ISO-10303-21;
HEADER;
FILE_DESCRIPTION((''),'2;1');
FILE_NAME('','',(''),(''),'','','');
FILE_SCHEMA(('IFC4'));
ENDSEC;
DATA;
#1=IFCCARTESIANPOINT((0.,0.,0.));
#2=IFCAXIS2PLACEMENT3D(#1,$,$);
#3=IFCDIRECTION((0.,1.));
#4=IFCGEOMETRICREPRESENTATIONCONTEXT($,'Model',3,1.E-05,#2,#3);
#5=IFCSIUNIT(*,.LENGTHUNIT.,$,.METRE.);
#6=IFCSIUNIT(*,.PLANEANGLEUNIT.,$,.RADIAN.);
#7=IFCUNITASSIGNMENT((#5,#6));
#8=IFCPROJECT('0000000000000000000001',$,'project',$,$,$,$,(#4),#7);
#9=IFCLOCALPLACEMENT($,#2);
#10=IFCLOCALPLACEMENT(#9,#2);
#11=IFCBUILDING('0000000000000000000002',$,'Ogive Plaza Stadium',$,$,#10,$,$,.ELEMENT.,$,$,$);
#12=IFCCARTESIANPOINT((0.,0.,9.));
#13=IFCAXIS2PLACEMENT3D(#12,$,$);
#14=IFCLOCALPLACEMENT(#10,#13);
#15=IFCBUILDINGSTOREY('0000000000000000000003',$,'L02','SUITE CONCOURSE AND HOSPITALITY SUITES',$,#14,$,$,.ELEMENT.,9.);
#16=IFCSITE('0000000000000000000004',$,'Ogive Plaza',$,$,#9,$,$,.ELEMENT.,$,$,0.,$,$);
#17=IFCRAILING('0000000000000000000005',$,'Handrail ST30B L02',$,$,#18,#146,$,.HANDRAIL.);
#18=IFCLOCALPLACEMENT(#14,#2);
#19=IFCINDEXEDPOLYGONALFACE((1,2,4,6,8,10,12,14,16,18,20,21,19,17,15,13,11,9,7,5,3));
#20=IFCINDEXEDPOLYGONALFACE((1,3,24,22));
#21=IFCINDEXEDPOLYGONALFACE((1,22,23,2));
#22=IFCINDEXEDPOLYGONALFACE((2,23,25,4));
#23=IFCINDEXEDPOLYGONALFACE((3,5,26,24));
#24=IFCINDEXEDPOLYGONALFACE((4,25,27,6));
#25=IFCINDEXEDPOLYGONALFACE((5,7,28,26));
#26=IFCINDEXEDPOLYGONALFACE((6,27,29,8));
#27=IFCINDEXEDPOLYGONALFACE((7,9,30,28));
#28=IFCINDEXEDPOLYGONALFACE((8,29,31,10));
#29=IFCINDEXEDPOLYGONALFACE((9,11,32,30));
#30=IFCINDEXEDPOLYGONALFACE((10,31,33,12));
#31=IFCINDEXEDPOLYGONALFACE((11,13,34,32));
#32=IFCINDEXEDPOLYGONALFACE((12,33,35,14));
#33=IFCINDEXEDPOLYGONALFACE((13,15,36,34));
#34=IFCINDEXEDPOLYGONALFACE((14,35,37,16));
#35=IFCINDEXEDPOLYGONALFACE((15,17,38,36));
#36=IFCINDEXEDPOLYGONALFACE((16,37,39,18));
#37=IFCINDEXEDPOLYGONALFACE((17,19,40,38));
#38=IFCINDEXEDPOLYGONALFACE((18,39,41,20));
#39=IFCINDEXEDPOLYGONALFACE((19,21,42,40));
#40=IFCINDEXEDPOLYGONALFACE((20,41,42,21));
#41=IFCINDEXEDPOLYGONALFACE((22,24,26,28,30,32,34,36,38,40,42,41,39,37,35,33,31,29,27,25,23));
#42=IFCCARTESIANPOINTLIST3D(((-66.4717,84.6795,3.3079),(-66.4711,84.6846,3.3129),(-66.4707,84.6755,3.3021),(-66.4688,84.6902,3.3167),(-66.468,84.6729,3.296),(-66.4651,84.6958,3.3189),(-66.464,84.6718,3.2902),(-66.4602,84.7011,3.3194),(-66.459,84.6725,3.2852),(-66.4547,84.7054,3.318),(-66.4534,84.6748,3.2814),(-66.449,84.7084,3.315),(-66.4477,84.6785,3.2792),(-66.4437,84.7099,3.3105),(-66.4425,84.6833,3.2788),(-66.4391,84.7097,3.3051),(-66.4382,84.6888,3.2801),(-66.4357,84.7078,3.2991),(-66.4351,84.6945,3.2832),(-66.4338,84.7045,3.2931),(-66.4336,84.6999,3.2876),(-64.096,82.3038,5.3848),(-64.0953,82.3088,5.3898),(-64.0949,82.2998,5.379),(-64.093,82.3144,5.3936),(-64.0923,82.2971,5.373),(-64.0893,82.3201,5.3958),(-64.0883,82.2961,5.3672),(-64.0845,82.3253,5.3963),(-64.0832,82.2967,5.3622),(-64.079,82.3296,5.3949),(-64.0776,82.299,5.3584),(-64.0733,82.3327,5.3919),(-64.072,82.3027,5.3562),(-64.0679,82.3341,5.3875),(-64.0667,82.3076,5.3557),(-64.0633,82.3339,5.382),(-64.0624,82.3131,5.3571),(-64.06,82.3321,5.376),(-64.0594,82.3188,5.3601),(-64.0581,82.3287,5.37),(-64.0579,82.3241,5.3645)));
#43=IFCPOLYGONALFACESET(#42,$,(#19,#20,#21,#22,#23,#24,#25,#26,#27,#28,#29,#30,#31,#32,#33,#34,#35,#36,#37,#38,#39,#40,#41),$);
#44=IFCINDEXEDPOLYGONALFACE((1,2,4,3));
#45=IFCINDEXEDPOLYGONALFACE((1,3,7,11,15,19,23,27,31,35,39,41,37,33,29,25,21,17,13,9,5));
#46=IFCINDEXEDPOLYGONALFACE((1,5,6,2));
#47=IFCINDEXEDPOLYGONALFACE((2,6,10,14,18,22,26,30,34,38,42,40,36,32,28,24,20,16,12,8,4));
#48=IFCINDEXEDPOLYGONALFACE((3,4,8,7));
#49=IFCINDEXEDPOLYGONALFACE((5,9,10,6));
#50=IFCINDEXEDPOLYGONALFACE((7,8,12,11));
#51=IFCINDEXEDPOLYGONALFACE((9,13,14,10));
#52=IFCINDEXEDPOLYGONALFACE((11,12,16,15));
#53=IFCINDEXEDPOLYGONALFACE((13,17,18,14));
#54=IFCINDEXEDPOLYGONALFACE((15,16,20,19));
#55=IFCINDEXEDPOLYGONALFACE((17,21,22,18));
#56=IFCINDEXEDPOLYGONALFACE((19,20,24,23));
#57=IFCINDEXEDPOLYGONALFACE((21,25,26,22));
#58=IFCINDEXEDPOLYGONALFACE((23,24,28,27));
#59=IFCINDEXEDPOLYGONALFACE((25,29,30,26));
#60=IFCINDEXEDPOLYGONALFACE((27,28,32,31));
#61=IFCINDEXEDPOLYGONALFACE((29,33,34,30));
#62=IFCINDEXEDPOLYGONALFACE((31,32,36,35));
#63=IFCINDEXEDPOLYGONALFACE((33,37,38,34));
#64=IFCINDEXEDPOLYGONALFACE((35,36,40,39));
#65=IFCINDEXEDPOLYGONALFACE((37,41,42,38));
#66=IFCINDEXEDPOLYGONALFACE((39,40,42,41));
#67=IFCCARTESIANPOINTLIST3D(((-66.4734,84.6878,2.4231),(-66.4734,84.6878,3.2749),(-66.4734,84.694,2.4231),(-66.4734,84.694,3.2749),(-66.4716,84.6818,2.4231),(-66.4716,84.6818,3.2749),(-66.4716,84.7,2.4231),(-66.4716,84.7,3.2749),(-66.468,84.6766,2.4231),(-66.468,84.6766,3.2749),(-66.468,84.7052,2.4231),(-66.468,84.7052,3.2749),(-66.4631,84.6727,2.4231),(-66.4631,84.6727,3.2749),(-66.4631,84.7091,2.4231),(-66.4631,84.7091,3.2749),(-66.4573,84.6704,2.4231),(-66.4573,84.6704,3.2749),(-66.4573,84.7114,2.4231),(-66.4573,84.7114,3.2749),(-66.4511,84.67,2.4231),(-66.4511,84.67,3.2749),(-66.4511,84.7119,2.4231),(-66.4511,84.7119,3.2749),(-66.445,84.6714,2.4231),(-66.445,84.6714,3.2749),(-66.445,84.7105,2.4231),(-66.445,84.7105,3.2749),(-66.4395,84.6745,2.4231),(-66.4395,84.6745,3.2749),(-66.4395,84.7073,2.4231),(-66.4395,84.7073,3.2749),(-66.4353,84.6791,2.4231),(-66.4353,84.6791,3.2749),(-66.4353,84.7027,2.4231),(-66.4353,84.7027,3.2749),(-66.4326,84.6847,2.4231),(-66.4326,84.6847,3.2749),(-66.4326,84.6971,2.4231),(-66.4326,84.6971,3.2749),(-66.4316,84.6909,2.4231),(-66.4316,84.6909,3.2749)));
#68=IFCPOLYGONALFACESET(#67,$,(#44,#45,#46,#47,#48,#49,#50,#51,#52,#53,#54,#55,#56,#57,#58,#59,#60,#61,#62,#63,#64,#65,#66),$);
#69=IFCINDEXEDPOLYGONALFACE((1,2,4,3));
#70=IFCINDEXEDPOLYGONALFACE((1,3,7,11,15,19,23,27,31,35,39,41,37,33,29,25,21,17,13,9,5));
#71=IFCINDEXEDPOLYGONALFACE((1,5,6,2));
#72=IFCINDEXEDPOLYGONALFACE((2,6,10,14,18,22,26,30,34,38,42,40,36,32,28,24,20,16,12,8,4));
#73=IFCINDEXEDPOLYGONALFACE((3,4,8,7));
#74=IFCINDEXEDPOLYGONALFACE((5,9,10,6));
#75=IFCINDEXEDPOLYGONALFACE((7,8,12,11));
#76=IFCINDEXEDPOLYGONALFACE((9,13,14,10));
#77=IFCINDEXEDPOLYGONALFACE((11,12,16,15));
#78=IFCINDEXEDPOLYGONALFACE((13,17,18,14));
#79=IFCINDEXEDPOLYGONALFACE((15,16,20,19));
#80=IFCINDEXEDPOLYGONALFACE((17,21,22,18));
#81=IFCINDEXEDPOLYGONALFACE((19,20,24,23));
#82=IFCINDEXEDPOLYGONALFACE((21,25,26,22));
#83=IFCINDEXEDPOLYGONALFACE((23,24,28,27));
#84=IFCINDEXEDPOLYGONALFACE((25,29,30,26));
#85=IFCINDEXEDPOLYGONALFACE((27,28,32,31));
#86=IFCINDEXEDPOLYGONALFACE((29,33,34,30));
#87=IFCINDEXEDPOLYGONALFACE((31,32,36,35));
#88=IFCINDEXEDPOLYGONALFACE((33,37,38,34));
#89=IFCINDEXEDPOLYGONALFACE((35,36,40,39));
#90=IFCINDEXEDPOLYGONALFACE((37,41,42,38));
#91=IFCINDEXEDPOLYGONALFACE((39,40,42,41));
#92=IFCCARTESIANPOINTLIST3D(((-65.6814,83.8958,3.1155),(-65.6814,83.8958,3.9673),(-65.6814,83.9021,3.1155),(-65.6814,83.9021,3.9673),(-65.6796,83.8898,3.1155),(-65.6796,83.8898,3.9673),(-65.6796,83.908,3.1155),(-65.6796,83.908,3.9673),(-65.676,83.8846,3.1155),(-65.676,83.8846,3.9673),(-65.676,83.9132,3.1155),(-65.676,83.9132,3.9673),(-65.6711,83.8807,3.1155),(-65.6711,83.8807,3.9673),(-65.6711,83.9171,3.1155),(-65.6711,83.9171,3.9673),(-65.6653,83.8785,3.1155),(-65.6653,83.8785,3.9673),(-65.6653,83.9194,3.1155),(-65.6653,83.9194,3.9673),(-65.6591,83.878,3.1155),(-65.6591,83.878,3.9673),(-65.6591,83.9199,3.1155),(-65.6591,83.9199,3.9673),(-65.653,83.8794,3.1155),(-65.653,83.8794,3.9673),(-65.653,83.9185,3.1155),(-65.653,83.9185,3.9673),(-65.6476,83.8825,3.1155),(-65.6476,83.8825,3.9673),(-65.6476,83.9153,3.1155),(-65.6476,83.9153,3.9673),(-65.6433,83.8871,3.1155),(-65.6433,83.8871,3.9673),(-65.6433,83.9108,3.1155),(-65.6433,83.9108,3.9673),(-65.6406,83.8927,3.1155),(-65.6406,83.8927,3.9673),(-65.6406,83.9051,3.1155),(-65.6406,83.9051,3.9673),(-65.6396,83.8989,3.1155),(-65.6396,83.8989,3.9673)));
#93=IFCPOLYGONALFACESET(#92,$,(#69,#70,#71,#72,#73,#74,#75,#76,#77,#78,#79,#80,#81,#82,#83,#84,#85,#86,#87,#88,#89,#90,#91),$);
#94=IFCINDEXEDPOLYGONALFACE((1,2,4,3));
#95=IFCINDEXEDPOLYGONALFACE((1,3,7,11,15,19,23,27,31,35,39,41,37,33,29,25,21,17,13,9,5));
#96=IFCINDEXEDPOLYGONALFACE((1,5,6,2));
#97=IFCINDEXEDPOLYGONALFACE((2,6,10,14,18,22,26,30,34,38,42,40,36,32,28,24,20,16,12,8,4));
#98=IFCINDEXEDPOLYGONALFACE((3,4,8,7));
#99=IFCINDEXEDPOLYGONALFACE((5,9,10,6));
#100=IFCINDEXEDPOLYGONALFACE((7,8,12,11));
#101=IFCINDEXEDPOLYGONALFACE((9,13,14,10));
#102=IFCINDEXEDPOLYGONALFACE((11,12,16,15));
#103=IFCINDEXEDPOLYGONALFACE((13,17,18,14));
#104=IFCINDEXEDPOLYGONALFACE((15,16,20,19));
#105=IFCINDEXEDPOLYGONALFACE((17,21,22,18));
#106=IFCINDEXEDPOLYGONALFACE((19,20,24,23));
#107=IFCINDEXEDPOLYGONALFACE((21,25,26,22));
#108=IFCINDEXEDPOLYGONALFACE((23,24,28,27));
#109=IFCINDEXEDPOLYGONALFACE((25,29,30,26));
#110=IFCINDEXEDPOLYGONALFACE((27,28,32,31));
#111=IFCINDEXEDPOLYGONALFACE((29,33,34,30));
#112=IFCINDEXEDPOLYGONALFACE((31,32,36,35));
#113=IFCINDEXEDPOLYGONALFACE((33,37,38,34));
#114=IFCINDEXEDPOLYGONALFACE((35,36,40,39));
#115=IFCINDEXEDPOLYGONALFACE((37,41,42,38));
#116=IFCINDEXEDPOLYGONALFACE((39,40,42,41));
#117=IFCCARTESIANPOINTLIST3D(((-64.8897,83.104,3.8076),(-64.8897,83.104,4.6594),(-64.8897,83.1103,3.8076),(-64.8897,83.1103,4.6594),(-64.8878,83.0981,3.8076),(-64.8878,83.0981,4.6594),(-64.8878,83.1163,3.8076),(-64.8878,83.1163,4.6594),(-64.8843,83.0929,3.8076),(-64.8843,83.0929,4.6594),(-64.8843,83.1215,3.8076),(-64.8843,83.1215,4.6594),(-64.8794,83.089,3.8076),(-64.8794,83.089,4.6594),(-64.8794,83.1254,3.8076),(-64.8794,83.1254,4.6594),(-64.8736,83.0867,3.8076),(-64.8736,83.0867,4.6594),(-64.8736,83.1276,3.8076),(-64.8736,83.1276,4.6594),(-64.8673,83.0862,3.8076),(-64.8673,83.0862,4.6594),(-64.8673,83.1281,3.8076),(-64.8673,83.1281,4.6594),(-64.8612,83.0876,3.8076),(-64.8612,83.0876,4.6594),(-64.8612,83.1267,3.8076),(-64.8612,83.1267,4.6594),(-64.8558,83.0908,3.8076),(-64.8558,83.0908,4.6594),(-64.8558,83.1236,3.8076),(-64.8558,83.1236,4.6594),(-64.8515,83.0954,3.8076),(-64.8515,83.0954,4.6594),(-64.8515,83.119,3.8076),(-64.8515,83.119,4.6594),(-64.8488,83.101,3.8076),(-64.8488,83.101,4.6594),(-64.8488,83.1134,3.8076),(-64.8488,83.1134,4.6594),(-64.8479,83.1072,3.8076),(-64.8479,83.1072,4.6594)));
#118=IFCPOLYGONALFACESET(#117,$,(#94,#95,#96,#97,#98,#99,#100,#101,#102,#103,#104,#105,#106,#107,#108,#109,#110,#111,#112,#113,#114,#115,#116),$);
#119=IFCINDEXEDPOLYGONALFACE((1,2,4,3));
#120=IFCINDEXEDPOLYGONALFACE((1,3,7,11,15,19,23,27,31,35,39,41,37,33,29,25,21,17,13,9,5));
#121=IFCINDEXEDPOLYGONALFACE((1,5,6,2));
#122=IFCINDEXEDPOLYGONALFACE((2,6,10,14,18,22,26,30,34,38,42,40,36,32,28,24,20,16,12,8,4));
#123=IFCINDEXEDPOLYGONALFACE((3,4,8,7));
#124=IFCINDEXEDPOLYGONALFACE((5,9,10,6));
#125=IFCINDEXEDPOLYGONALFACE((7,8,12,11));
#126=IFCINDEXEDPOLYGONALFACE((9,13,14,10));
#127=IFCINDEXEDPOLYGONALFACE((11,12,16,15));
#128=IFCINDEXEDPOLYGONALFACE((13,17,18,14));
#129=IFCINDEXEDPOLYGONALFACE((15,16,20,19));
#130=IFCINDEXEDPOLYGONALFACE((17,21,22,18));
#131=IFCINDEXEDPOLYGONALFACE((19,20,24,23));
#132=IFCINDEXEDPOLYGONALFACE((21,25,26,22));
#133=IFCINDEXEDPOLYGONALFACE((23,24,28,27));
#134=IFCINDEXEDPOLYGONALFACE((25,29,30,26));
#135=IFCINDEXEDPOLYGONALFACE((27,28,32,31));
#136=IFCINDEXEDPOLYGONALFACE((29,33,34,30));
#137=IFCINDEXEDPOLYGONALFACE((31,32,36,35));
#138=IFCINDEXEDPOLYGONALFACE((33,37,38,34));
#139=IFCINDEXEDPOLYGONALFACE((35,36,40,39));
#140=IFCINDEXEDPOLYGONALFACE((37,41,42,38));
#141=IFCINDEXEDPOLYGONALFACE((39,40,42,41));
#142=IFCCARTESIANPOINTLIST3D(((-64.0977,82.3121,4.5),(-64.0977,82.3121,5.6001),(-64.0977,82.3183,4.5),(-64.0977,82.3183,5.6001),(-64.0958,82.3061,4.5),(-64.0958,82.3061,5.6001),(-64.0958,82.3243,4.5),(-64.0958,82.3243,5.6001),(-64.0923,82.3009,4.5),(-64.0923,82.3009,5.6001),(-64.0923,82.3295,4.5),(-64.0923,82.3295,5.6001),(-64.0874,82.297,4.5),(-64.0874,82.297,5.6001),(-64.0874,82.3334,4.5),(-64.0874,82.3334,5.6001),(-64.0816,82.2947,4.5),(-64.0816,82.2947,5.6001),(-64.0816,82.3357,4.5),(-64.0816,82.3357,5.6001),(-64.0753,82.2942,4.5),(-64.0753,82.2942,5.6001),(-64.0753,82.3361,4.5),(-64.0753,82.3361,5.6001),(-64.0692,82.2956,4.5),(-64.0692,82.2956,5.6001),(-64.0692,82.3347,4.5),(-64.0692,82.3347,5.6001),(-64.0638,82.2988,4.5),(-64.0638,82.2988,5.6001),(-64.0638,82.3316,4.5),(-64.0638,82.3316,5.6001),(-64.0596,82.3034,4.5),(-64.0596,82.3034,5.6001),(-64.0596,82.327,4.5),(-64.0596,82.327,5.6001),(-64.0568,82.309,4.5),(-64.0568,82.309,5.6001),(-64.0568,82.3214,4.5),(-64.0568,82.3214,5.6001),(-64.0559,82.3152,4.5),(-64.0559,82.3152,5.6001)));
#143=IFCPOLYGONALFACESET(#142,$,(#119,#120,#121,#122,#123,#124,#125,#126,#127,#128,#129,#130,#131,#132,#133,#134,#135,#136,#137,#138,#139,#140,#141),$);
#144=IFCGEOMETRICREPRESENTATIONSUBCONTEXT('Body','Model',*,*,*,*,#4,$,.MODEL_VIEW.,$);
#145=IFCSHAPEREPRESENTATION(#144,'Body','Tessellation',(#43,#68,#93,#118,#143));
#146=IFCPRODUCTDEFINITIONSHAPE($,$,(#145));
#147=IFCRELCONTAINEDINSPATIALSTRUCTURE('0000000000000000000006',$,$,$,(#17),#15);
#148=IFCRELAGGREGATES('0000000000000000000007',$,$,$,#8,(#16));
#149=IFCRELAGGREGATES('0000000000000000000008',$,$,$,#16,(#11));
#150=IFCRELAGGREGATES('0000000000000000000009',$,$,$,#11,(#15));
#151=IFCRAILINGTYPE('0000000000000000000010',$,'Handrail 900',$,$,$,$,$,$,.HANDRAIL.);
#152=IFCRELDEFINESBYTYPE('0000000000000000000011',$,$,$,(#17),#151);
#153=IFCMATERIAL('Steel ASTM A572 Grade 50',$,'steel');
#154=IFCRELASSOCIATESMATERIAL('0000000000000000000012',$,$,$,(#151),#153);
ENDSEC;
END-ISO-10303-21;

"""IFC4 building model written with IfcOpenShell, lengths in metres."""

from ifc_helpers import new_model, si_unit, direction, frame, origin, origin_2d, place, context, subcontext, project, spatial, circle, extrude, material, type_object, element, save


model = new_model("IFC4")

# Units and contexts
model_context = context("Model", 3, precision=1e-05, world=origin(), true_north=direction((0.0, 1.0)))
body_context = subcontext(model_context, "Body", "Model", "MODEL_VIEW")
ifc_project = project(units=[si_unit("LENGTHUNIT", "METRE"), si_unit("PLANEANGLEUNIT", "RADIAN")], contexts=[model_context])

# Site, building, storey
site_placement = place(None, origin())
site = spatial("IfcSite", under=ifc_project, at=site_placement, Name="Ogive Plaza", CompositionType="ELEMENT", RefElevation=0.0)
building_placement = place(site_placement, origin())
building = spatial("IfcBuilding", under=site, at=building_placement, Name="Ogive Plaza Stadium", CompositionType="ELEMENT")
storey_placement = place(building_placement, frame((0.0, 0.0, 9.0)))
storey = spatial("IfcBuildingStorey", under=building, at=storey_placement, Name="L02", Description="SUITE CONCOURSE AND HOSPITALITY SUITES", CompositionType="ELEMENT", Elevation=9.0)

# Railing
ifc_material_1 = material(Name="Steel ASTM A572 Grade 50", Category="steel")
railing_type_1 = type_object("IfcRailingType", Name="Handrail 900", PredefinedType="HANDRAIL", material=ifc_material_1)
for number, where, name in (
    (1, (-66.4526, 84.6909, 2.4231), "Handrail ST30B L02"),
):
    element("IfcRailing", number, at=place(storey_placement, frame(where)), inside=storey, type_object=railing_type_1, Name=name, PredefinedType="HANDRAIL", context=body_context, shape_type="SweptSolid", body=[
        extrude(circle(Radius=0.0239, at=origin_2d()), frame((0.0, 0.0, 0.876), z_axis=(0.601466, -0.601466, 0.525811), x_axis=(0.707107, 0.707107, 0.0)), (0.0, 0.0, 1.0), 3.95),
        extrude(circle(Radius=0.021, at=origin_2d()), origin(), (0.0, 0.0, 1.0), 0.8518),
        extrude(circle(Radius=0.021, at=origin_2d()), frame((0.792, -0.792, 0.6924)), (0.0, 0.0, 1.0), 0.8518),
        extrude(circle(Radius=0.021, at=origin_2d()), frame((1.5837, -1.5837, 1.3845)), (0.0, 0.0, 1.0), 0.8518),
        extrude(circle(Radius=0.021, at=origin_2d()), frame((2.3757, -2.3757, 2.0769)), (0.0, 0.0, 1.0), 1.1001),
    ])

save(model, "model.ifc")
